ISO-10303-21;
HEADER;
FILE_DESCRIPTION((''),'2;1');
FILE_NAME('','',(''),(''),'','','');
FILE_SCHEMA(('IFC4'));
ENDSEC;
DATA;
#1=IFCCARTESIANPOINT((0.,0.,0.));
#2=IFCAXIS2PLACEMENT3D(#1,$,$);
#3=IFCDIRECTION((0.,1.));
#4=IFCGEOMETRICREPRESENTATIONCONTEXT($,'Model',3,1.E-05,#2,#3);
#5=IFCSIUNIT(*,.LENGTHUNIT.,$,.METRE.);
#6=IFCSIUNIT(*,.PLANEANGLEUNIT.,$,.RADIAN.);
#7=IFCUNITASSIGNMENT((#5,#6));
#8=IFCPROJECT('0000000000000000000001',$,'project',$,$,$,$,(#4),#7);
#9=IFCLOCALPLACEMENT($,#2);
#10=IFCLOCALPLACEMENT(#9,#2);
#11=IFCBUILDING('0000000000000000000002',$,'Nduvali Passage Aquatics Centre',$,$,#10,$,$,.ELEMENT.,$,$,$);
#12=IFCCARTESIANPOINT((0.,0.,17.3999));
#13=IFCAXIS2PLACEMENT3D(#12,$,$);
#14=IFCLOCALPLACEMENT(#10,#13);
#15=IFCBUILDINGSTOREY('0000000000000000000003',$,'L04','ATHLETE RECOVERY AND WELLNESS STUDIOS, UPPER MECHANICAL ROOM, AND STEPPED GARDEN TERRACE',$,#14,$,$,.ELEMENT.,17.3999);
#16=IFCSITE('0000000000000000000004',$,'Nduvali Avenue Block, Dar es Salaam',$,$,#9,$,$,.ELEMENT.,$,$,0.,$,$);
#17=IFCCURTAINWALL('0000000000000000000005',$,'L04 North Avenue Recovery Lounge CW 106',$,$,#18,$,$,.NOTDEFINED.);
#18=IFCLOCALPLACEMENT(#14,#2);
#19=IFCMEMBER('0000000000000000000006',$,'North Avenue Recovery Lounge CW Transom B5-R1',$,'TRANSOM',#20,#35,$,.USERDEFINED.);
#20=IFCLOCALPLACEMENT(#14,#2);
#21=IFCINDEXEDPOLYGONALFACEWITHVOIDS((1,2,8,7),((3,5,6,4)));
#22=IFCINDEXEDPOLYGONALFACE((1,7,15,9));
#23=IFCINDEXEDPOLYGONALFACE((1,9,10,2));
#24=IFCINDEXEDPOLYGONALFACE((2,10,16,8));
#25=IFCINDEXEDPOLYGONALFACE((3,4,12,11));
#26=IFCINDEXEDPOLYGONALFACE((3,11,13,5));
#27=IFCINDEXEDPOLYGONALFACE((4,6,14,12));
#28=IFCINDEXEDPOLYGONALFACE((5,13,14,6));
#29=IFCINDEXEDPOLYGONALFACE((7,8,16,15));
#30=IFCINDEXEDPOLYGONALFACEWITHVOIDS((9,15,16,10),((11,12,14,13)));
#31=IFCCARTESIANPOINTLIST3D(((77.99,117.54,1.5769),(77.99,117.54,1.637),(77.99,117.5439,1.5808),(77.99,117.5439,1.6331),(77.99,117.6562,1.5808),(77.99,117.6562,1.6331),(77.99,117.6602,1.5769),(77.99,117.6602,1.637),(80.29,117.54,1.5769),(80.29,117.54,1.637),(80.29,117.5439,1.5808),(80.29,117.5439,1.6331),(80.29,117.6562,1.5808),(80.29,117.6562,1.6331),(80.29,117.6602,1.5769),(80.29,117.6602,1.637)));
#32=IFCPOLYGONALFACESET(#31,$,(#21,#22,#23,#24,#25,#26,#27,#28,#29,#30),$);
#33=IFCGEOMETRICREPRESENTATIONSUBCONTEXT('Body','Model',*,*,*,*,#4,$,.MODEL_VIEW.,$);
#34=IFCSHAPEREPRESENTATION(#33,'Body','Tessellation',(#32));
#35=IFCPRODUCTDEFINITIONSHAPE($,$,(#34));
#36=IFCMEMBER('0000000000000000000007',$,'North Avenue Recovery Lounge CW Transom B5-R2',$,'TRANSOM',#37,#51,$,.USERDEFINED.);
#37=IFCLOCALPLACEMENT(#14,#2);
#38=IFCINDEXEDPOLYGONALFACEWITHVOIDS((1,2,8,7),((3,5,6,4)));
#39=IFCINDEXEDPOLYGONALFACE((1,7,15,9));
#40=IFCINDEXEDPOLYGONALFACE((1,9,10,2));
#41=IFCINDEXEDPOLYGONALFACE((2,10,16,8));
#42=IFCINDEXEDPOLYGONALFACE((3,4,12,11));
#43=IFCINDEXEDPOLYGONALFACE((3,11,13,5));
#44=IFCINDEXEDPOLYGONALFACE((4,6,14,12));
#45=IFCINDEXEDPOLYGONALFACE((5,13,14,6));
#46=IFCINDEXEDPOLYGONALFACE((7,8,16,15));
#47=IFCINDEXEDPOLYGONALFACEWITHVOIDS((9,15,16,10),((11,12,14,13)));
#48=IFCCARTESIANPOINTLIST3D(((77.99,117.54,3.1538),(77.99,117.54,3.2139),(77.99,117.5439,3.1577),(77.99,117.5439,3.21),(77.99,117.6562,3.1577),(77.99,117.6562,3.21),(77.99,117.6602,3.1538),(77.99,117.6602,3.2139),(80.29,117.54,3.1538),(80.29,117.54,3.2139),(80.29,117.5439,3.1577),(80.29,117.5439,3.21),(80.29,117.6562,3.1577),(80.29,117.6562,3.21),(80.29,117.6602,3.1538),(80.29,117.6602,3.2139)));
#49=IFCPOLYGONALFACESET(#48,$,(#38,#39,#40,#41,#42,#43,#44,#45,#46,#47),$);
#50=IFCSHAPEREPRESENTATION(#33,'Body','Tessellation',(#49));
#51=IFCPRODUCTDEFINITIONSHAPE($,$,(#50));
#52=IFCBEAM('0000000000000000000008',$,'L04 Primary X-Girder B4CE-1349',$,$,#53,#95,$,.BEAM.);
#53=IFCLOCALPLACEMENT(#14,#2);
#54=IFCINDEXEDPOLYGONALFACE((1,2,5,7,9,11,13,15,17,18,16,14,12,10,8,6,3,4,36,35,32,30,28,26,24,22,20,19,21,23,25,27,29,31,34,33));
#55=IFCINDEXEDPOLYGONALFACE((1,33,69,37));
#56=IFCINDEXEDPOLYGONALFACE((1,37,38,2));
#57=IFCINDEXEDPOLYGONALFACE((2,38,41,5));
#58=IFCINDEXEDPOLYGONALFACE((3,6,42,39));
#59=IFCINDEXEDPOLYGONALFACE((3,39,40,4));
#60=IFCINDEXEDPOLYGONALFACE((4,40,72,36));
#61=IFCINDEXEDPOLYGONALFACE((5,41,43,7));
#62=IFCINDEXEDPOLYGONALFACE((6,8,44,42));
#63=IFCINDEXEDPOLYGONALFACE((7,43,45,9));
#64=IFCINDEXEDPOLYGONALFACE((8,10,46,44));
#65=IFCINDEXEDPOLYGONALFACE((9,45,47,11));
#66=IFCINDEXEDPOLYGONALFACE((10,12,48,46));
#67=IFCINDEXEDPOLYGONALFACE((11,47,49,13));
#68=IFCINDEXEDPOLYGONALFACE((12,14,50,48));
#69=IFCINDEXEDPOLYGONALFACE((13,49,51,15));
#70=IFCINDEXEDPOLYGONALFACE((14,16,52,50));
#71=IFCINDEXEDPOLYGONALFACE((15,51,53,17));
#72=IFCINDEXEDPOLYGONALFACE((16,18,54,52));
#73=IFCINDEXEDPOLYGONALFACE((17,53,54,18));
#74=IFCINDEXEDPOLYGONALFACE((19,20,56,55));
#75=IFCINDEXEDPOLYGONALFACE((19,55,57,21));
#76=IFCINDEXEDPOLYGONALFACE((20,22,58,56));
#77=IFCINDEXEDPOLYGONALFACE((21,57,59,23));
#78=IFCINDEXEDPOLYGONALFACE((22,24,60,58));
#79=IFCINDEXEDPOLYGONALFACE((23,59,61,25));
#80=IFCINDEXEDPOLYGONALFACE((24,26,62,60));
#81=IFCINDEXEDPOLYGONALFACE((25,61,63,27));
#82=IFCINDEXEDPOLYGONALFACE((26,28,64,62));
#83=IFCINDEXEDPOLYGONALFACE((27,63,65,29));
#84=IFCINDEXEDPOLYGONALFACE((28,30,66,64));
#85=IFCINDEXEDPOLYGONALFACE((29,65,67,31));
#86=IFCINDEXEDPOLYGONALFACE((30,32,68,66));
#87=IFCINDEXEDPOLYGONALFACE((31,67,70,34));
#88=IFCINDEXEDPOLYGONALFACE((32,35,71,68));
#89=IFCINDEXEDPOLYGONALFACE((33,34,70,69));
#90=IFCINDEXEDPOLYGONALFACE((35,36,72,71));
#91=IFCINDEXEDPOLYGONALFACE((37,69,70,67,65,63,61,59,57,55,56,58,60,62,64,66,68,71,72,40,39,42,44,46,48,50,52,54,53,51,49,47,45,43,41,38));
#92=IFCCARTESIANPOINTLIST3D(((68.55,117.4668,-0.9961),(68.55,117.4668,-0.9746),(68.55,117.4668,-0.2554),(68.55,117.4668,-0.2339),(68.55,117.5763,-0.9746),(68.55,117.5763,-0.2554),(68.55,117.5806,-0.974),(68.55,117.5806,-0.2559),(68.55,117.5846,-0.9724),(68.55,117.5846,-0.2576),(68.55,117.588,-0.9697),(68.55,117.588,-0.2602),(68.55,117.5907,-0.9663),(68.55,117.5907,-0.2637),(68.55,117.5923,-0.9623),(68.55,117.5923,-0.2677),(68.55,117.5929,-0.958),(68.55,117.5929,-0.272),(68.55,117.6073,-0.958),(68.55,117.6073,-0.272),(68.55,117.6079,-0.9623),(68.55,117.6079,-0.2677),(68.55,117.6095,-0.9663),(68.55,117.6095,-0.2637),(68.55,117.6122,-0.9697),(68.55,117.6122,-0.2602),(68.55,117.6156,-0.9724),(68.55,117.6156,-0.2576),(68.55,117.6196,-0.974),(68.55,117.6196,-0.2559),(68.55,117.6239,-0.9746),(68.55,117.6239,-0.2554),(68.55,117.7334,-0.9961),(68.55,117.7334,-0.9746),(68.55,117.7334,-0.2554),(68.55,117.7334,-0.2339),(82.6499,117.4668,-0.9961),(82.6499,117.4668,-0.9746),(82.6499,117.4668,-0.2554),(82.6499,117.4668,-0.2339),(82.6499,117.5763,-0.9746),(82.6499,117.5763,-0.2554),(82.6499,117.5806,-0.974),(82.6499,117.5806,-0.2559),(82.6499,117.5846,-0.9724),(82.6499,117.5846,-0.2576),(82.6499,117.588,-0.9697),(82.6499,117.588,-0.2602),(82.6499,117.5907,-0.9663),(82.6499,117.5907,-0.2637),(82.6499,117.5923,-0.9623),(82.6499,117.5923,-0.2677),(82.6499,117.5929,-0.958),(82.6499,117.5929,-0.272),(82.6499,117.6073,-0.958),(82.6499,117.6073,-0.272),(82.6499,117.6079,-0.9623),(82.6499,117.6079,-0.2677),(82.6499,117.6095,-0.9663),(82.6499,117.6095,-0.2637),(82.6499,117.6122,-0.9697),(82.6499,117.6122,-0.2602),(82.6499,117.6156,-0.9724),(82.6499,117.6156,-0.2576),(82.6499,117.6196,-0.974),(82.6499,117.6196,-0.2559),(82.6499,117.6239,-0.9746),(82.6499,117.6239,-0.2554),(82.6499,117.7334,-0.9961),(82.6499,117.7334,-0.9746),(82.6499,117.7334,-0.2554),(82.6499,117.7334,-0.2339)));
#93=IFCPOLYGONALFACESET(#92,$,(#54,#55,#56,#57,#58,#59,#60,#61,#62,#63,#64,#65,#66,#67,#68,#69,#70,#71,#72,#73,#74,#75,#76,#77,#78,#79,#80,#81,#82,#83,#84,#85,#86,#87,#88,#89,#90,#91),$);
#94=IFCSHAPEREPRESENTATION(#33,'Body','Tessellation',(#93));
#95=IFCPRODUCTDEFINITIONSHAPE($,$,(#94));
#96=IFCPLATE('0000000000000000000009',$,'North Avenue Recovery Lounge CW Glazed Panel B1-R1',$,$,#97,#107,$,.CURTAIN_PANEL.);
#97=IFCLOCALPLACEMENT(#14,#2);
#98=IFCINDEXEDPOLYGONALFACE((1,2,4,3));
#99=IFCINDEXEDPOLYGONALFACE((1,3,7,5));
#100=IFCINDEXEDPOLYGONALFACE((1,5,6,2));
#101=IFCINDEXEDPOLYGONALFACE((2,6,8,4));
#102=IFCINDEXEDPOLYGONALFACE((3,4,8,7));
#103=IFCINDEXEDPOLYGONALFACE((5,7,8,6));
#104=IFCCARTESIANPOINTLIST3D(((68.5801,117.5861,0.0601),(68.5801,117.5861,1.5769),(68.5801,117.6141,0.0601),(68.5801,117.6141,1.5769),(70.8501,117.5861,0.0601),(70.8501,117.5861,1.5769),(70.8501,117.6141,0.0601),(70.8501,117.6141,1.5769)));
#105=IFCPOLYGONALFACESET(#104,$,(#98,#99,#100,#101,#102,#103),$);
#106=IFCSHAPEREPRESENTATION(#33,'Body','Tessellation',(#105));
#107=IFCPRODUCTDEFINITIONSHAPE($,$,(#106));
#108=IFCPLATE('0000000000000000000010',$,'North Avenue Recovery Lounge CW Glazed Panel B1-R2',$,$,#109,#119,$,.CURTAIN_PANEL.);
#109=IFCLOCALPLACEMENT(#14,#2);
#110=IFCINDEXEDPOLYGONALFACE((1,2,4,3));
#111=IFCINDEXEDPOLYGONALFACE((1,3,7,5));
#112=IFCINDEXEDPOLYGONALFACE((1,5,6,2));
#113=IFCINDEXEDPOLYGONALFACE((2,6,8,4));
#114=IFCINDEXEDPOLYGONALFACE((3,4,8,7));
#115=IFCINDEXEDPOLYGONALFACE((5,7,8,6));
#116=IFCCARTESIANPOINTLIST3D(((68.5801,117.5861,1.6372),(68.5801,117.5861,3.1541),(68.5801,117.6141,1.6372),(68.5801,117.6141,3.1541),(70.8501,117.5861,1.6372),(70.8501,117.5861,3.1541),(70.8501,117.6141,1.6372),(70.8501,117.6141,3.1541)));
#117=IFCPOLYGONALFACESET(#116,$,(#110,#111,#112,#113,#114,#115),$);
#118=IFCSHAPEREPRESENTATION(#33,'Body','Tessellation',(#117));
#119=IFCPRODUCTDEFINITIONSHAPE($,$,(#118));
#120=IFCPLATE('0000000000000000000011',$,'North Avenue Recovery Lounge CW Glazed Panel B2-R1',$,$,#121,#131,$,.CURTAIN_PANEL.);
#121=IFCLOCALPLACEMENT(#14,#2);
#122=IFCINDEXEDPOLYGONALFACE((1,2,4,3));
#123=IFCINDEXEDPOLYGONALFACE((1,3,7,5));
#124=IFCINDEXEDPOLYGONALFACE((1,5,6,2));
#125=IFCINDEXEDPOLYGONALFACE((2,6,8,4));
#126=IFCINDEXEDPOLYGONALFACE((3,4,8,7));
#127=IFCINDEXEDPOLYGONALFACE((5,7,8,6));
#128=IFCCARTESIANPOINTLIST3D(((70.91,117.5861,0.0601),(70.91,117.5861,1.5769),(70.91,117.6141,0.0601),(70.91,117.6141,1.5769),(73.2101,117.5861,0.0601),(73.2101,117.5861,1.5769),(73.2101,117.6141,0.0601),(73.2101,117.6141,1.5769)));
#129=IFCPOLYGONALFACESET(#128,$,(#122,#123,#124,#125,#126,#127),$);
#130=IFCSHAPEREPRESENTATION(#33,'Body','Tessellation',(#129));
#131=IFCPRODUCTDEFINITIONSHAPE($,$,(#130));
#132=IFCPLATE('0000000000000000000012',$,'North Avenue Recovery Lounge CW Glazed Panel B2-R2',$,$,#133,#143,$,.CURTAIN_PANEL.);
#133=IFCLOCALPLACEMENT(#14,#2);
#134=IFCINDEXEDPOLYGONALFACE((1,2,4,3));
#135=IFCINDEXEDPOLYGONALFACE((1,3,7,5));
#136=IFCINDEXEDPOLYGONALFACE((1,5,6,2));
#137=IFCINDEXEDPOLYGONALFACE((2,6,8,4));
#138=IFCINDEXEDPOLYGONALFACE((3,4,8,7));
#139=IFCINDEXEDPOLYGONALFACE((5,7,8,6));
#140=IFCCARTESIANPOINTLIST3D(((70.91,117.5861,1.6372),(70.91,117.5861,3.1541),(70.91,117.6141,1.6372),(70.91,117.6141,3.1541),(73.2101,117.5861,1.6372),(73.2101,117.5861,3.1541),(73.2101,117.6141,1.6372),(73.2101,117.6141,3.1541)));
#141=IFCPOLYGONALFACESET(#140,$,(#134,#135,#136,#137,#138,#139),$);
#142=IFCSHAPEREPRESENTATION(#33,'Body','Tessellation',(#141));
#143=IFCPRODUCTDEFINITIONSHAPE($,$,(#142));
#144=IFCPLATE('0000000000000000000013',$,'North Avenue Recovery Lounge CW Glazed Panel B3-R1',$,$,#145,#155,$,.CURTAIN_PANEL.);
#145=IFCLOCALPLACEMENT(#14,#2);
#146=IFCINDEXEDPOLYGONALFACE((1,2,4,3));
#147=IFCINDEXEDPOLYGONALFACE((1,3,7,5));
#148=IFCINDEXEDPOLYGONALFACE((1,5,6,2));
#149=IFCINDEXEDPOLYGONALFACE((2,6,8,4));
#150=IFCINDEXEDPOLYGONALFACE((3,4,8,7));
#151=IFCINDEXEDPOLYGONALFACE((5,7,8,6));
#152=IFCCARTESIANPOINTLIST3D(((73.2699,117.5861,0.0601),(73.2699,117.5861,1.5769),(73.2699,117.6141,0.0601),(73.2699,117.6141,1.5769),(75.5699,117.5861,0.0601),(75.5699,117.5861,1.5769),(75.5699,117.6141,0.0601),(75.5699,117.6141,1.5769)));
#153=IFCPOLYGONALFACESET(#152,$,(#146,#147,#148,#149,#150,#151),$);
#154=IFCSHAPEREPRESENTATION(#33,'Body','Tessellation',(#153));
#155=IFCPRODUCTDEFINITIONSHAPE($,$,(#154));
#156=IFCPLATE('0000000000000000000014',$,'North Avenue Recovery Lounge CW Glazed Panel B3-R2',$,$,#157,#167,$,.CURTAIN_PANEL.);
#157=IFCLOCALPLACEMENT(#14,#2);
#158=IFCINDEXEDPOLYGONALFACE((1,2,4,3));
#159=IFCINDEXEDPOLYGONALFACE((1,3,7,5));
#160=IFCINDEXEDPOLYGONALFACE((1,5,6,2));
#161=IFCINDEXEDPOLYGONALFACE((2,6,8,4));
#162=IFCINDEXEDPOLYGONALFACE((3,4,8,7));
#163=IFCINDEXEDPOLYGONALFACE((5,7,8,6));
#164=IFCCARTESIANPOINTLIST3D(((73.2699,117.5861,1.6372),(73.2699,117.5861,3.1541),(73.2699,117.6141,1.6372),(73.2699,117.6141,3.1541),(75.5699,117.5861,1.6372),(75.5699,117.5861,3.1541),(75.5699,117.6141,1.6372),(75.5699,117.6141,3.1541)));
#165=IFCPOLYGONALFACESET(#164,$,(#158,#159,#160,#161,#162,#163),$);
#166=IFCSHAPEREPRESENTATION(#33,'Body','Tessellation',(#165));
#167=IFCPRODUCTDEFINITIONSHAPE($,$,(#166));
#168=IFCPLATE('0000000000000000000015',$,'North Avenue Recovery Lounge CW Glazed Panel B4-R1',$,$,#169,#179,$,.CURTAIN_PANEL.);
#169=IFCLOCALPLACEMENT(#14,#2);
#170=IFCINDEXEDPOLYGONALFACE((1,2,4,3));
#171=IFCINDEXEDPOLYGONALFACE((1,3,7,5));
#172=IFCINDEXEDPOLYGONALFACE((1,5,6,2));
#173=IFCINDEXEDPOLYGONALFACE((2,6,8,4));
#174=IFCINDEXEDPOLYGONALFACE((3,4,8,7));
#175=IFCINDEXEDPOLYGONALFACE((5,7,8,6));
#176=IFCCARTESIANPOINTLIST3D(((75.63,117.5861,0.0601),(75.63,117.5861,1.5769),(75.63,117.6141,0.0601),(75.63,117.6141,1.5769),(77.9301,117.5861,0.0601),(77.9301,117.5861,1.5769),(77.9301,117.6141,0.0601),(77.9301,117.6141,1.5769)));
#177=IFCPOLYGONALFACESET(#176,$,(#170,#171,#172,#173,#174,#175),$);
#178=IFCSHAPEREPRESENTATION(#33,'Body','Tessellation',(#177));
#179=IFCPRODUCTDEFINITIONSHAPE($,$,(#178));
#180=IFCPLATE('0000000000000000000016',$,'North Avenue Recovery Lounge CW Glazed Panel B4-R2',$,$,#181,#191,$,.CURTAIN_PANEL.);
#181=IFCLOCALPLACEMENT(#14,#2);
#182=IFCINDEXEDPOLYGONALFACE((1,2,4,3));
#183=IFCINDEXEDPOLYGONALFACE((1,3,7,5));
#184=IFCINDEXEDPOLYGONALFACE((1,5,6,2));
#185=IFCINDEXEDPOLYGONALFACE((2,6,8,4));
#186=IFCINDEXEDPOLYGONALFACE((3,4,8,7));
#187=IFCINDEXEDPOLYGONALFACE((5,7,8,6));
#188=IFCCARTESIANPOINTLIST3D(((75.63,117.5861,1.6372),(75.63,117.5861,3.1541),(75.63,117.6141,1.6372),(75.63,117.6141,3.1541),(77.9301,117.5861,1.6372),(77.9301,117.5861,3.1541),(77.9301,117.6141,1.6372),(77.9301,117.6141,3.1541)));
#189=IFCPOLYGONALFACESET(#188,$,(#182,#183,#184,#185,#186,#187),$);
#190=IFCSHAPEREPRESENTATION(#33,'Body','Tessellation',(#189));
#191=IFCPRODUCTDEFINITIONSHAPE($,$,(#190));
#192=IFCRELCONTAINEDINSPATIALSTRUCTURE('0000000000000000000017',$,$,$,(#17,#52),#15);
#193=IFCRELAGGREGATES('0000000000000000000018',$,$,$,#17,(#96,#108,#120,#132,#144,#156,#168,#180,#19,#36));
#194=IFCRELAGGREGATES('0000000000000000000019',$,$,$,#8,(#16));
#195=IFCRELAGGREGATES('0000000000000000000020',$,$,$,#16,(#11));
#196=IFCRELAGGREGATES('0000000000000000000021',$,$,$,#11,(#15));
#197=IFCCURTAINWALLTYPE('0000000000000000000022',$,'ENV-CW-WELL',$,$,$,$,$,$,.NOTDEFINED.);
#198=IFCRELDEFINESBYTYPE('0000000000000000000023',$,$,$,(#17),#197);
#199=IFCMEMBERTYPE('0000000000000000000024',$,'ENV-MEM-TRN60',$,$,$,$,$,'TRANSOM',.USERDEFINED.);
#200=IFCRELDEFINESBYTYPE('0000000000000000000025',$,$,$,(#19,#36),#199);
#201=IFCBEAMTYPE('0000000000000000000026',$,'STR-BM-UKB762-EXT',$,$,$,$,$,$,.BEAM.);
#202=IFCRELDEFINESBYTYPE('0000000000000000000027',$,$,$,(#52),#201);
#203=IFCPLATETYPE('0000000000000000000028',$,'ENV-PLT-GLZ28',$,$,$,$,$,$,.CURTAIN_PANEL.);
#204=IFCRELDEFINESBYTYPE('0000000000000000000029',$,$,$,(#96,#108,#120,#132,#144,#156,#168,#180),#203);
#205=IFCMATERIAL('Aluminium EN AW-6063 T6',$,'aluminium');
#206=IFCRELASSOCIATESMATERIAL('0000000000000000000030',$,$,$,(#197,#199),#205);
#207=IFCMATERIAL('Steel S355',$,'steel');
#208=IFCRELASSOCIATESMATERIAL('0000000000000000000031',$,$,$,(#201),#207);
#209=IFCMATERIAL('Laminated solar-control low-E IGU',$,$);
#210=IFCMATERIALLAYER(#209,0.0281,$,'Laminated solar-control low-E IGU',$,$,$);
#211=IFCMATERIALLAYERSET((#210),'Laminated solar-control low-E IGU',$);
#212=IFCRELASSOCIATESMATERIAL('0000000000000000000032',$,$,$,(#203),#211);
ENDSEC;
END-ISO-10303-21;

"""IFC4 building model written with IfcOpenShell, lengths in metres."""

from ifc_helpers import new_model, si_unit, direction, frame, origin, origin_2d, place, context, subcontext, project, spatial, rectangle, hollow_rectangle, i_section, extrude, material, layer, layer_set, material_profile, profile_set, type_object, element, aggregate, save


model = new_model("IFC4")

# Units and contexts
model_context = context("Model", 3, precision=1e-05, world=origin(), true_north=direction((0.0, 1.0)))
body_context = subcontext(model_context, "Body", "Model", "MODEL_VIEW")
ifc_project = project(units=[si_unit("LENGTHUNIT", "METRE"), si_unit("PLANEANGLEUNIT", "RADIAN")], contexts=[model_context])

# Site, building, storey
site_placement = place(None, origin())
site = spatial("IfcSite", under=ifc_project, at=site_placement, Name="Nduvali Avenue Block, Dar es Salaam", CompositionType="ELEMENT", RefElevation=0.0)
building_placement = place(site_placement, origin())
building = spatial("IfcBuilding", under=site, at=building_placement, Name="Nduvali Passage Aquatics Centre", CompositionType="ELEMENT")
storey_placement = place(building_placement, frame((0.0, 0.0, 17.3999)))
storey = spatial("IfcBuildingStorey", under=building, at=storey_placement, Name="L04", Description="ATHLETE RECOVERY AND WELLNESS STUDIOS, UPPER MECHANICAL ROOM, AND STEPPED GARDEN TERRACE", CompositionType="ELEMENT", Elevation=17.3999)

# Shared definitions
ifc_material_1 = material(Name="Steel S355", Category="steel")

# Curtain wall, members
ifc_material_2 = material(Name="Aluminium EN AW-6063 T6", Category="aluminium")
curtain_wall_type = type_object("IfcCurtainWallType", Name="ENV-CW-WELL", PredefinedType="NOTDEFINED", material=ifc_material_2)
curtain_wall_placement = place(storey_placement, origin())
curtain_wall = element("IfcCurtainWall", 1, at=curtain_wall_placement, inside=storey, type_object=curtain_wall_type, Name="L04 North Avenue Recovery Lounge CW 106", PredefinedType="NOTDEFINED")
ifc_material_profile_1 = material_profile(ifc_material_2, hollow_rectangle(XDim=0.1201, YDim=0.0601, WallThickness=0.0039, at=origin_2d()), Name="ALU TRANSOM 120x60x4")
ifc_profile_set_1 = profile_set([ifc_material_profile_1], Name="Aluminium EN AW-6063 T6")
member_type_1 = type_object("IfcMemberType", Name="ENV-MEM-TRN60", ElementType="TRANSOM", PredefinedType="USERDEFINED", material=ifc_profile_set_1)
member_1_placement = place(storey_placement, frame((77.99, 117.6001, 1.6069), z_axis=(1.0, 0.0, 0.0), x_axis=(0.0, 1.0, 0.0)))
member_1 = element("IfcMember", 2, at=member_1_placement, type_object=member_type_1, Name="North Avenue Recovery Lounge CW Transom B5-R1", ObjectType="TRANSOM", PredefinedType="USERDEFINED", context=body_context, shape_type="SweptSolid", body=[
    extrude(hollow_rectangle(XDim=0.1201, YDim=0.0601, WallThickness=0.0039, at=origin_2d()), origin(), (0.0, 0.0, 1.0), 2.3),
])
member_2_placement = place(storey_placement, frame((77.99, 117.6001, 3.1838), z_axis=(1.0, 0.0, 0.0), x_axis=(0.0, 1.0, 0.0)))
member_2 = element("IfcMember", 3, at=member_2_placement, type_object=member_type_1, Name="North Avenue Recovery Lounge CW Transom B5-R2", ObjectType="TRANSOM", PredefinedType="USERDEFINED", context=body_context, shape_type="SweptSolid", body=[
    extrude(hollow_rectangle(XDim=0.1201, YDim=0.0601, WallThickness=0.0039, at=origin_2d()), origin(), (0.0, 0.0, 1.0), 2.3),
])

# Beam
ifc_material_profile_2 = material_profile(ifc_material_1, i_section(OverallWidth=0.2666, OverallDepth=0.7622, WebThickness=0.0144, FlangeThickness=0.0215, FilletRadius=0.0166, at=origin_2d()), Name="UKB 762x267x173")
ifc_profile_set_2 = profile_set([ifc_material_profile_2], Name="Steel S355")
beam_type = type_object("IfcBeamType", Name="STR-BM-UKB762-EXT", PredefinedType="BEAM", material=ifc_profile_set_2)
beam_placement = place(storey_placement, frame((68.55, 117.6001, -0.615), z_axis=(1.0, 0.0, 0.0), x_axis=(0.0, 1.0, 0.0)))
element("IfcBeam", 4, at=beam_placement, inside=storey, type_object=beam_type, Name="L04 Primary X-Girder B4CE-1349", PredefinedType="BEAM", context=body_context, shape_type="SweptSolid", body=[
    extrude(i_section(OverallWidth=0.2666, OverallDepth=0.7622, WebThickness=0.0144, FlangeThickness=0.0215, FilletRadius=0.0166, at=origin_2d()), origin(), (0.0, 0.0, 1.0), 14.0999),
])

# Plates
ifc_material_3 = material(Name="Laminated solar-control low-E IGU")
ifc_layer_1 = layer(ifc_material_3, 0.0281, Name="Laminated solar-control low-E IGU")
ifc_layer_set_1 = layer_set([ifc_layer_1], Name="Laminated solar-control low-E IGU")
plate_type = type_object("IfcPlateType", Name="ENV-PLT-GLZ28", PredefinedType="CURTAIN_PANEL", material=ifc_layer_set_1)
plate_1_placement = place(storey_placement, frame((69.7151, 117.6001, 0.0601), z_axis=(0.0, 0.0, 1.0), x_axis=(1.0, 0.0, 0.0)))
plate_1 = element("IfcPlate", 5, at=plate_1_placement, type_object=plate_type, Name="North Avenue Recovery Lounge CW Glazed Panel B1-R1", PredefinedType="CURTAIN_PANEL", context=body_context, shape_type="SweptSolid", body=[
    extrude(rectangle(XDim=2.27, YDim=0.0281, at=origin_2d()), origin(), (0.0, 0.0, 1.0), 1.5168),
])
plate_2_placement = place(storey_placement, frame((69.7151, 117.6001, 1.6372), z_axis=(0.0, 0.0, 1.0), x_axis=(1.0, 0.0, 0.0)))
plate_2 = element("IfcPlate", 6, at=plate_2_placement, type_object=plate_type, Name="North Avenue Recovery Lounge CW Glazed Panel B1-R2", PredefinedType="CURTAIN_PANEL", context=body_context, shape_type="SweptSolid", body=[
    extrude(rectangle(XDim=2.27, YDim=0.0281, at=origin_2d()), origin(), (0.0, 0.0, 1.0), 1.5168),
])
plate_3_placement = place(storey_placement, frame((72.0601, 117.6001, 0.0601), z_axis=(0.0, 0.0, 1.0), x_axis=(1.0, 0.0, 0.0)))
plate_3 = element("IfcPlate", 7, at=plate_3_placement, type_object=plate_type, Name="North Avenue Recovery Lounge CW Glazed Panel B2-R1", PredefinedType="CURTAIN_PANEL", context=body_context, shape_type="SweptSolid", body=[
    extrude(rectangle(XDim=2.3, YDim=0.0281, at=origin_2d()), origin(), (0.0, 0.0, 1.0), 1.5168),
])
plate_4_placement = place(storey_placement, frame((72.0601, 117.6001, 1.6372), z_axis=(0.0, 0.0, 1.0), x_axis=(1.0, 0.0, 0.0)))
plate_4 = element("IfcPlate", 8, at=plate_4_placement, type_object=plate_type, Name="North Avenue Recovery Lounge CW Glazed Panel B2-R2", PredefinedType="CURTAIN_PANEL", context=body_context, shape_type="SweptSolid", body=[
    extrude(rectangle(XDim=2.3, YDim=0.0281, at=origin_2d()), origin(), (0.0, 0.0, 1.0), 1.5168),
])
plate_5_placement = place(storey_placement, frame((74.4199, 117.6001, 0.0601), z_axis=(0.0, 0.0, 1.0), x_axis=(1.0, 0.0, 0.0)))
plate_5 = element("IfcPlate", 9, at=plate_5_placement, type_object=plate_type, Name="North Avenue Recovery Lounge CW Glazed Panel B3-R1", PredefinedType="CURTAIN_PANEL", context=body_context, shape_type="SweptSolid", body=[
    extrude(rectangle(XDim=2.3, YDim=0.0281, at=origin_2d()), origin(), (0.0, 0.0, 1.0), 1.5168),
])
plate_6_placement = place(storey_placement, frame((74.4199, 117.6001, 1.6372), z_axis=(0.0, 0.0, 1.0), x_axis=(1.0, 0.0, 0.0)))
plate_6 = element("IfcPlate", 10, at=plate_6_placement, type_object=plate_type, Name="North Avenue Recovery Lounge CW Glazed Panel B3-R2", PredefinedType="CURTAIN_PANEL", context=body_context, shape_type="SweptSolid", body=[
    extrude(rectangle(XDim=2.3, YDim=0.0281, at=origin_2d()), origin(), (0.0, 0.0, 1.0), 1.5168),
])
plate_7_placement = place(storey_placement, frame((76.78, 117.6001, 0.0601), z_axis=(0.0, 0.0, 1.0), x_axis=(1.0, 0.0, 0.0)))
plate_7 = element("IfcPlate", 11, at=plate_7_placement, type_object=plate_type, Name="North Avenue Recovery Lounge CW Glazed Panel B4-R1", PredefinedType="CURTAIN_PANEL", context=body_context, shape_type="SweptSolid", body=[
    extrude(rectangle(XDim=2.3, YDim=0.0281, at=origin_2d()), origin(), (0.0, 0.0, 1.0), 1.5168),
])
plate_8_placement = place(storey_placement, frame((76.78, 117.6001, 1.6372), z_axis=(0.0, 0.0, 1.0), x_axis=(1.0, 0.0, 0.0)))
plate_8 = element("IfcPlate", 12, at=plate_8_placement, type_object=plate_type, Name="North Avenue Recovery Lounge CW Glazed Panel B4-R2", PredefinedType="CURTAIN_PANEL", context=body_context, shape_type="SweptSolid", body=[
    extrude(rectangle(XDim=2.3, YDim=0.0281, at=origin_2d()), origin(), (0.0, 0.0, 1.0), 1.5168),
])
aggregate(curtain_wall, [plate_1, plate_2, plate_3, plate_4, plate_5, plate_6, plate_7, plate_8, member_1, member_2])

save(model, "model.ifc")
